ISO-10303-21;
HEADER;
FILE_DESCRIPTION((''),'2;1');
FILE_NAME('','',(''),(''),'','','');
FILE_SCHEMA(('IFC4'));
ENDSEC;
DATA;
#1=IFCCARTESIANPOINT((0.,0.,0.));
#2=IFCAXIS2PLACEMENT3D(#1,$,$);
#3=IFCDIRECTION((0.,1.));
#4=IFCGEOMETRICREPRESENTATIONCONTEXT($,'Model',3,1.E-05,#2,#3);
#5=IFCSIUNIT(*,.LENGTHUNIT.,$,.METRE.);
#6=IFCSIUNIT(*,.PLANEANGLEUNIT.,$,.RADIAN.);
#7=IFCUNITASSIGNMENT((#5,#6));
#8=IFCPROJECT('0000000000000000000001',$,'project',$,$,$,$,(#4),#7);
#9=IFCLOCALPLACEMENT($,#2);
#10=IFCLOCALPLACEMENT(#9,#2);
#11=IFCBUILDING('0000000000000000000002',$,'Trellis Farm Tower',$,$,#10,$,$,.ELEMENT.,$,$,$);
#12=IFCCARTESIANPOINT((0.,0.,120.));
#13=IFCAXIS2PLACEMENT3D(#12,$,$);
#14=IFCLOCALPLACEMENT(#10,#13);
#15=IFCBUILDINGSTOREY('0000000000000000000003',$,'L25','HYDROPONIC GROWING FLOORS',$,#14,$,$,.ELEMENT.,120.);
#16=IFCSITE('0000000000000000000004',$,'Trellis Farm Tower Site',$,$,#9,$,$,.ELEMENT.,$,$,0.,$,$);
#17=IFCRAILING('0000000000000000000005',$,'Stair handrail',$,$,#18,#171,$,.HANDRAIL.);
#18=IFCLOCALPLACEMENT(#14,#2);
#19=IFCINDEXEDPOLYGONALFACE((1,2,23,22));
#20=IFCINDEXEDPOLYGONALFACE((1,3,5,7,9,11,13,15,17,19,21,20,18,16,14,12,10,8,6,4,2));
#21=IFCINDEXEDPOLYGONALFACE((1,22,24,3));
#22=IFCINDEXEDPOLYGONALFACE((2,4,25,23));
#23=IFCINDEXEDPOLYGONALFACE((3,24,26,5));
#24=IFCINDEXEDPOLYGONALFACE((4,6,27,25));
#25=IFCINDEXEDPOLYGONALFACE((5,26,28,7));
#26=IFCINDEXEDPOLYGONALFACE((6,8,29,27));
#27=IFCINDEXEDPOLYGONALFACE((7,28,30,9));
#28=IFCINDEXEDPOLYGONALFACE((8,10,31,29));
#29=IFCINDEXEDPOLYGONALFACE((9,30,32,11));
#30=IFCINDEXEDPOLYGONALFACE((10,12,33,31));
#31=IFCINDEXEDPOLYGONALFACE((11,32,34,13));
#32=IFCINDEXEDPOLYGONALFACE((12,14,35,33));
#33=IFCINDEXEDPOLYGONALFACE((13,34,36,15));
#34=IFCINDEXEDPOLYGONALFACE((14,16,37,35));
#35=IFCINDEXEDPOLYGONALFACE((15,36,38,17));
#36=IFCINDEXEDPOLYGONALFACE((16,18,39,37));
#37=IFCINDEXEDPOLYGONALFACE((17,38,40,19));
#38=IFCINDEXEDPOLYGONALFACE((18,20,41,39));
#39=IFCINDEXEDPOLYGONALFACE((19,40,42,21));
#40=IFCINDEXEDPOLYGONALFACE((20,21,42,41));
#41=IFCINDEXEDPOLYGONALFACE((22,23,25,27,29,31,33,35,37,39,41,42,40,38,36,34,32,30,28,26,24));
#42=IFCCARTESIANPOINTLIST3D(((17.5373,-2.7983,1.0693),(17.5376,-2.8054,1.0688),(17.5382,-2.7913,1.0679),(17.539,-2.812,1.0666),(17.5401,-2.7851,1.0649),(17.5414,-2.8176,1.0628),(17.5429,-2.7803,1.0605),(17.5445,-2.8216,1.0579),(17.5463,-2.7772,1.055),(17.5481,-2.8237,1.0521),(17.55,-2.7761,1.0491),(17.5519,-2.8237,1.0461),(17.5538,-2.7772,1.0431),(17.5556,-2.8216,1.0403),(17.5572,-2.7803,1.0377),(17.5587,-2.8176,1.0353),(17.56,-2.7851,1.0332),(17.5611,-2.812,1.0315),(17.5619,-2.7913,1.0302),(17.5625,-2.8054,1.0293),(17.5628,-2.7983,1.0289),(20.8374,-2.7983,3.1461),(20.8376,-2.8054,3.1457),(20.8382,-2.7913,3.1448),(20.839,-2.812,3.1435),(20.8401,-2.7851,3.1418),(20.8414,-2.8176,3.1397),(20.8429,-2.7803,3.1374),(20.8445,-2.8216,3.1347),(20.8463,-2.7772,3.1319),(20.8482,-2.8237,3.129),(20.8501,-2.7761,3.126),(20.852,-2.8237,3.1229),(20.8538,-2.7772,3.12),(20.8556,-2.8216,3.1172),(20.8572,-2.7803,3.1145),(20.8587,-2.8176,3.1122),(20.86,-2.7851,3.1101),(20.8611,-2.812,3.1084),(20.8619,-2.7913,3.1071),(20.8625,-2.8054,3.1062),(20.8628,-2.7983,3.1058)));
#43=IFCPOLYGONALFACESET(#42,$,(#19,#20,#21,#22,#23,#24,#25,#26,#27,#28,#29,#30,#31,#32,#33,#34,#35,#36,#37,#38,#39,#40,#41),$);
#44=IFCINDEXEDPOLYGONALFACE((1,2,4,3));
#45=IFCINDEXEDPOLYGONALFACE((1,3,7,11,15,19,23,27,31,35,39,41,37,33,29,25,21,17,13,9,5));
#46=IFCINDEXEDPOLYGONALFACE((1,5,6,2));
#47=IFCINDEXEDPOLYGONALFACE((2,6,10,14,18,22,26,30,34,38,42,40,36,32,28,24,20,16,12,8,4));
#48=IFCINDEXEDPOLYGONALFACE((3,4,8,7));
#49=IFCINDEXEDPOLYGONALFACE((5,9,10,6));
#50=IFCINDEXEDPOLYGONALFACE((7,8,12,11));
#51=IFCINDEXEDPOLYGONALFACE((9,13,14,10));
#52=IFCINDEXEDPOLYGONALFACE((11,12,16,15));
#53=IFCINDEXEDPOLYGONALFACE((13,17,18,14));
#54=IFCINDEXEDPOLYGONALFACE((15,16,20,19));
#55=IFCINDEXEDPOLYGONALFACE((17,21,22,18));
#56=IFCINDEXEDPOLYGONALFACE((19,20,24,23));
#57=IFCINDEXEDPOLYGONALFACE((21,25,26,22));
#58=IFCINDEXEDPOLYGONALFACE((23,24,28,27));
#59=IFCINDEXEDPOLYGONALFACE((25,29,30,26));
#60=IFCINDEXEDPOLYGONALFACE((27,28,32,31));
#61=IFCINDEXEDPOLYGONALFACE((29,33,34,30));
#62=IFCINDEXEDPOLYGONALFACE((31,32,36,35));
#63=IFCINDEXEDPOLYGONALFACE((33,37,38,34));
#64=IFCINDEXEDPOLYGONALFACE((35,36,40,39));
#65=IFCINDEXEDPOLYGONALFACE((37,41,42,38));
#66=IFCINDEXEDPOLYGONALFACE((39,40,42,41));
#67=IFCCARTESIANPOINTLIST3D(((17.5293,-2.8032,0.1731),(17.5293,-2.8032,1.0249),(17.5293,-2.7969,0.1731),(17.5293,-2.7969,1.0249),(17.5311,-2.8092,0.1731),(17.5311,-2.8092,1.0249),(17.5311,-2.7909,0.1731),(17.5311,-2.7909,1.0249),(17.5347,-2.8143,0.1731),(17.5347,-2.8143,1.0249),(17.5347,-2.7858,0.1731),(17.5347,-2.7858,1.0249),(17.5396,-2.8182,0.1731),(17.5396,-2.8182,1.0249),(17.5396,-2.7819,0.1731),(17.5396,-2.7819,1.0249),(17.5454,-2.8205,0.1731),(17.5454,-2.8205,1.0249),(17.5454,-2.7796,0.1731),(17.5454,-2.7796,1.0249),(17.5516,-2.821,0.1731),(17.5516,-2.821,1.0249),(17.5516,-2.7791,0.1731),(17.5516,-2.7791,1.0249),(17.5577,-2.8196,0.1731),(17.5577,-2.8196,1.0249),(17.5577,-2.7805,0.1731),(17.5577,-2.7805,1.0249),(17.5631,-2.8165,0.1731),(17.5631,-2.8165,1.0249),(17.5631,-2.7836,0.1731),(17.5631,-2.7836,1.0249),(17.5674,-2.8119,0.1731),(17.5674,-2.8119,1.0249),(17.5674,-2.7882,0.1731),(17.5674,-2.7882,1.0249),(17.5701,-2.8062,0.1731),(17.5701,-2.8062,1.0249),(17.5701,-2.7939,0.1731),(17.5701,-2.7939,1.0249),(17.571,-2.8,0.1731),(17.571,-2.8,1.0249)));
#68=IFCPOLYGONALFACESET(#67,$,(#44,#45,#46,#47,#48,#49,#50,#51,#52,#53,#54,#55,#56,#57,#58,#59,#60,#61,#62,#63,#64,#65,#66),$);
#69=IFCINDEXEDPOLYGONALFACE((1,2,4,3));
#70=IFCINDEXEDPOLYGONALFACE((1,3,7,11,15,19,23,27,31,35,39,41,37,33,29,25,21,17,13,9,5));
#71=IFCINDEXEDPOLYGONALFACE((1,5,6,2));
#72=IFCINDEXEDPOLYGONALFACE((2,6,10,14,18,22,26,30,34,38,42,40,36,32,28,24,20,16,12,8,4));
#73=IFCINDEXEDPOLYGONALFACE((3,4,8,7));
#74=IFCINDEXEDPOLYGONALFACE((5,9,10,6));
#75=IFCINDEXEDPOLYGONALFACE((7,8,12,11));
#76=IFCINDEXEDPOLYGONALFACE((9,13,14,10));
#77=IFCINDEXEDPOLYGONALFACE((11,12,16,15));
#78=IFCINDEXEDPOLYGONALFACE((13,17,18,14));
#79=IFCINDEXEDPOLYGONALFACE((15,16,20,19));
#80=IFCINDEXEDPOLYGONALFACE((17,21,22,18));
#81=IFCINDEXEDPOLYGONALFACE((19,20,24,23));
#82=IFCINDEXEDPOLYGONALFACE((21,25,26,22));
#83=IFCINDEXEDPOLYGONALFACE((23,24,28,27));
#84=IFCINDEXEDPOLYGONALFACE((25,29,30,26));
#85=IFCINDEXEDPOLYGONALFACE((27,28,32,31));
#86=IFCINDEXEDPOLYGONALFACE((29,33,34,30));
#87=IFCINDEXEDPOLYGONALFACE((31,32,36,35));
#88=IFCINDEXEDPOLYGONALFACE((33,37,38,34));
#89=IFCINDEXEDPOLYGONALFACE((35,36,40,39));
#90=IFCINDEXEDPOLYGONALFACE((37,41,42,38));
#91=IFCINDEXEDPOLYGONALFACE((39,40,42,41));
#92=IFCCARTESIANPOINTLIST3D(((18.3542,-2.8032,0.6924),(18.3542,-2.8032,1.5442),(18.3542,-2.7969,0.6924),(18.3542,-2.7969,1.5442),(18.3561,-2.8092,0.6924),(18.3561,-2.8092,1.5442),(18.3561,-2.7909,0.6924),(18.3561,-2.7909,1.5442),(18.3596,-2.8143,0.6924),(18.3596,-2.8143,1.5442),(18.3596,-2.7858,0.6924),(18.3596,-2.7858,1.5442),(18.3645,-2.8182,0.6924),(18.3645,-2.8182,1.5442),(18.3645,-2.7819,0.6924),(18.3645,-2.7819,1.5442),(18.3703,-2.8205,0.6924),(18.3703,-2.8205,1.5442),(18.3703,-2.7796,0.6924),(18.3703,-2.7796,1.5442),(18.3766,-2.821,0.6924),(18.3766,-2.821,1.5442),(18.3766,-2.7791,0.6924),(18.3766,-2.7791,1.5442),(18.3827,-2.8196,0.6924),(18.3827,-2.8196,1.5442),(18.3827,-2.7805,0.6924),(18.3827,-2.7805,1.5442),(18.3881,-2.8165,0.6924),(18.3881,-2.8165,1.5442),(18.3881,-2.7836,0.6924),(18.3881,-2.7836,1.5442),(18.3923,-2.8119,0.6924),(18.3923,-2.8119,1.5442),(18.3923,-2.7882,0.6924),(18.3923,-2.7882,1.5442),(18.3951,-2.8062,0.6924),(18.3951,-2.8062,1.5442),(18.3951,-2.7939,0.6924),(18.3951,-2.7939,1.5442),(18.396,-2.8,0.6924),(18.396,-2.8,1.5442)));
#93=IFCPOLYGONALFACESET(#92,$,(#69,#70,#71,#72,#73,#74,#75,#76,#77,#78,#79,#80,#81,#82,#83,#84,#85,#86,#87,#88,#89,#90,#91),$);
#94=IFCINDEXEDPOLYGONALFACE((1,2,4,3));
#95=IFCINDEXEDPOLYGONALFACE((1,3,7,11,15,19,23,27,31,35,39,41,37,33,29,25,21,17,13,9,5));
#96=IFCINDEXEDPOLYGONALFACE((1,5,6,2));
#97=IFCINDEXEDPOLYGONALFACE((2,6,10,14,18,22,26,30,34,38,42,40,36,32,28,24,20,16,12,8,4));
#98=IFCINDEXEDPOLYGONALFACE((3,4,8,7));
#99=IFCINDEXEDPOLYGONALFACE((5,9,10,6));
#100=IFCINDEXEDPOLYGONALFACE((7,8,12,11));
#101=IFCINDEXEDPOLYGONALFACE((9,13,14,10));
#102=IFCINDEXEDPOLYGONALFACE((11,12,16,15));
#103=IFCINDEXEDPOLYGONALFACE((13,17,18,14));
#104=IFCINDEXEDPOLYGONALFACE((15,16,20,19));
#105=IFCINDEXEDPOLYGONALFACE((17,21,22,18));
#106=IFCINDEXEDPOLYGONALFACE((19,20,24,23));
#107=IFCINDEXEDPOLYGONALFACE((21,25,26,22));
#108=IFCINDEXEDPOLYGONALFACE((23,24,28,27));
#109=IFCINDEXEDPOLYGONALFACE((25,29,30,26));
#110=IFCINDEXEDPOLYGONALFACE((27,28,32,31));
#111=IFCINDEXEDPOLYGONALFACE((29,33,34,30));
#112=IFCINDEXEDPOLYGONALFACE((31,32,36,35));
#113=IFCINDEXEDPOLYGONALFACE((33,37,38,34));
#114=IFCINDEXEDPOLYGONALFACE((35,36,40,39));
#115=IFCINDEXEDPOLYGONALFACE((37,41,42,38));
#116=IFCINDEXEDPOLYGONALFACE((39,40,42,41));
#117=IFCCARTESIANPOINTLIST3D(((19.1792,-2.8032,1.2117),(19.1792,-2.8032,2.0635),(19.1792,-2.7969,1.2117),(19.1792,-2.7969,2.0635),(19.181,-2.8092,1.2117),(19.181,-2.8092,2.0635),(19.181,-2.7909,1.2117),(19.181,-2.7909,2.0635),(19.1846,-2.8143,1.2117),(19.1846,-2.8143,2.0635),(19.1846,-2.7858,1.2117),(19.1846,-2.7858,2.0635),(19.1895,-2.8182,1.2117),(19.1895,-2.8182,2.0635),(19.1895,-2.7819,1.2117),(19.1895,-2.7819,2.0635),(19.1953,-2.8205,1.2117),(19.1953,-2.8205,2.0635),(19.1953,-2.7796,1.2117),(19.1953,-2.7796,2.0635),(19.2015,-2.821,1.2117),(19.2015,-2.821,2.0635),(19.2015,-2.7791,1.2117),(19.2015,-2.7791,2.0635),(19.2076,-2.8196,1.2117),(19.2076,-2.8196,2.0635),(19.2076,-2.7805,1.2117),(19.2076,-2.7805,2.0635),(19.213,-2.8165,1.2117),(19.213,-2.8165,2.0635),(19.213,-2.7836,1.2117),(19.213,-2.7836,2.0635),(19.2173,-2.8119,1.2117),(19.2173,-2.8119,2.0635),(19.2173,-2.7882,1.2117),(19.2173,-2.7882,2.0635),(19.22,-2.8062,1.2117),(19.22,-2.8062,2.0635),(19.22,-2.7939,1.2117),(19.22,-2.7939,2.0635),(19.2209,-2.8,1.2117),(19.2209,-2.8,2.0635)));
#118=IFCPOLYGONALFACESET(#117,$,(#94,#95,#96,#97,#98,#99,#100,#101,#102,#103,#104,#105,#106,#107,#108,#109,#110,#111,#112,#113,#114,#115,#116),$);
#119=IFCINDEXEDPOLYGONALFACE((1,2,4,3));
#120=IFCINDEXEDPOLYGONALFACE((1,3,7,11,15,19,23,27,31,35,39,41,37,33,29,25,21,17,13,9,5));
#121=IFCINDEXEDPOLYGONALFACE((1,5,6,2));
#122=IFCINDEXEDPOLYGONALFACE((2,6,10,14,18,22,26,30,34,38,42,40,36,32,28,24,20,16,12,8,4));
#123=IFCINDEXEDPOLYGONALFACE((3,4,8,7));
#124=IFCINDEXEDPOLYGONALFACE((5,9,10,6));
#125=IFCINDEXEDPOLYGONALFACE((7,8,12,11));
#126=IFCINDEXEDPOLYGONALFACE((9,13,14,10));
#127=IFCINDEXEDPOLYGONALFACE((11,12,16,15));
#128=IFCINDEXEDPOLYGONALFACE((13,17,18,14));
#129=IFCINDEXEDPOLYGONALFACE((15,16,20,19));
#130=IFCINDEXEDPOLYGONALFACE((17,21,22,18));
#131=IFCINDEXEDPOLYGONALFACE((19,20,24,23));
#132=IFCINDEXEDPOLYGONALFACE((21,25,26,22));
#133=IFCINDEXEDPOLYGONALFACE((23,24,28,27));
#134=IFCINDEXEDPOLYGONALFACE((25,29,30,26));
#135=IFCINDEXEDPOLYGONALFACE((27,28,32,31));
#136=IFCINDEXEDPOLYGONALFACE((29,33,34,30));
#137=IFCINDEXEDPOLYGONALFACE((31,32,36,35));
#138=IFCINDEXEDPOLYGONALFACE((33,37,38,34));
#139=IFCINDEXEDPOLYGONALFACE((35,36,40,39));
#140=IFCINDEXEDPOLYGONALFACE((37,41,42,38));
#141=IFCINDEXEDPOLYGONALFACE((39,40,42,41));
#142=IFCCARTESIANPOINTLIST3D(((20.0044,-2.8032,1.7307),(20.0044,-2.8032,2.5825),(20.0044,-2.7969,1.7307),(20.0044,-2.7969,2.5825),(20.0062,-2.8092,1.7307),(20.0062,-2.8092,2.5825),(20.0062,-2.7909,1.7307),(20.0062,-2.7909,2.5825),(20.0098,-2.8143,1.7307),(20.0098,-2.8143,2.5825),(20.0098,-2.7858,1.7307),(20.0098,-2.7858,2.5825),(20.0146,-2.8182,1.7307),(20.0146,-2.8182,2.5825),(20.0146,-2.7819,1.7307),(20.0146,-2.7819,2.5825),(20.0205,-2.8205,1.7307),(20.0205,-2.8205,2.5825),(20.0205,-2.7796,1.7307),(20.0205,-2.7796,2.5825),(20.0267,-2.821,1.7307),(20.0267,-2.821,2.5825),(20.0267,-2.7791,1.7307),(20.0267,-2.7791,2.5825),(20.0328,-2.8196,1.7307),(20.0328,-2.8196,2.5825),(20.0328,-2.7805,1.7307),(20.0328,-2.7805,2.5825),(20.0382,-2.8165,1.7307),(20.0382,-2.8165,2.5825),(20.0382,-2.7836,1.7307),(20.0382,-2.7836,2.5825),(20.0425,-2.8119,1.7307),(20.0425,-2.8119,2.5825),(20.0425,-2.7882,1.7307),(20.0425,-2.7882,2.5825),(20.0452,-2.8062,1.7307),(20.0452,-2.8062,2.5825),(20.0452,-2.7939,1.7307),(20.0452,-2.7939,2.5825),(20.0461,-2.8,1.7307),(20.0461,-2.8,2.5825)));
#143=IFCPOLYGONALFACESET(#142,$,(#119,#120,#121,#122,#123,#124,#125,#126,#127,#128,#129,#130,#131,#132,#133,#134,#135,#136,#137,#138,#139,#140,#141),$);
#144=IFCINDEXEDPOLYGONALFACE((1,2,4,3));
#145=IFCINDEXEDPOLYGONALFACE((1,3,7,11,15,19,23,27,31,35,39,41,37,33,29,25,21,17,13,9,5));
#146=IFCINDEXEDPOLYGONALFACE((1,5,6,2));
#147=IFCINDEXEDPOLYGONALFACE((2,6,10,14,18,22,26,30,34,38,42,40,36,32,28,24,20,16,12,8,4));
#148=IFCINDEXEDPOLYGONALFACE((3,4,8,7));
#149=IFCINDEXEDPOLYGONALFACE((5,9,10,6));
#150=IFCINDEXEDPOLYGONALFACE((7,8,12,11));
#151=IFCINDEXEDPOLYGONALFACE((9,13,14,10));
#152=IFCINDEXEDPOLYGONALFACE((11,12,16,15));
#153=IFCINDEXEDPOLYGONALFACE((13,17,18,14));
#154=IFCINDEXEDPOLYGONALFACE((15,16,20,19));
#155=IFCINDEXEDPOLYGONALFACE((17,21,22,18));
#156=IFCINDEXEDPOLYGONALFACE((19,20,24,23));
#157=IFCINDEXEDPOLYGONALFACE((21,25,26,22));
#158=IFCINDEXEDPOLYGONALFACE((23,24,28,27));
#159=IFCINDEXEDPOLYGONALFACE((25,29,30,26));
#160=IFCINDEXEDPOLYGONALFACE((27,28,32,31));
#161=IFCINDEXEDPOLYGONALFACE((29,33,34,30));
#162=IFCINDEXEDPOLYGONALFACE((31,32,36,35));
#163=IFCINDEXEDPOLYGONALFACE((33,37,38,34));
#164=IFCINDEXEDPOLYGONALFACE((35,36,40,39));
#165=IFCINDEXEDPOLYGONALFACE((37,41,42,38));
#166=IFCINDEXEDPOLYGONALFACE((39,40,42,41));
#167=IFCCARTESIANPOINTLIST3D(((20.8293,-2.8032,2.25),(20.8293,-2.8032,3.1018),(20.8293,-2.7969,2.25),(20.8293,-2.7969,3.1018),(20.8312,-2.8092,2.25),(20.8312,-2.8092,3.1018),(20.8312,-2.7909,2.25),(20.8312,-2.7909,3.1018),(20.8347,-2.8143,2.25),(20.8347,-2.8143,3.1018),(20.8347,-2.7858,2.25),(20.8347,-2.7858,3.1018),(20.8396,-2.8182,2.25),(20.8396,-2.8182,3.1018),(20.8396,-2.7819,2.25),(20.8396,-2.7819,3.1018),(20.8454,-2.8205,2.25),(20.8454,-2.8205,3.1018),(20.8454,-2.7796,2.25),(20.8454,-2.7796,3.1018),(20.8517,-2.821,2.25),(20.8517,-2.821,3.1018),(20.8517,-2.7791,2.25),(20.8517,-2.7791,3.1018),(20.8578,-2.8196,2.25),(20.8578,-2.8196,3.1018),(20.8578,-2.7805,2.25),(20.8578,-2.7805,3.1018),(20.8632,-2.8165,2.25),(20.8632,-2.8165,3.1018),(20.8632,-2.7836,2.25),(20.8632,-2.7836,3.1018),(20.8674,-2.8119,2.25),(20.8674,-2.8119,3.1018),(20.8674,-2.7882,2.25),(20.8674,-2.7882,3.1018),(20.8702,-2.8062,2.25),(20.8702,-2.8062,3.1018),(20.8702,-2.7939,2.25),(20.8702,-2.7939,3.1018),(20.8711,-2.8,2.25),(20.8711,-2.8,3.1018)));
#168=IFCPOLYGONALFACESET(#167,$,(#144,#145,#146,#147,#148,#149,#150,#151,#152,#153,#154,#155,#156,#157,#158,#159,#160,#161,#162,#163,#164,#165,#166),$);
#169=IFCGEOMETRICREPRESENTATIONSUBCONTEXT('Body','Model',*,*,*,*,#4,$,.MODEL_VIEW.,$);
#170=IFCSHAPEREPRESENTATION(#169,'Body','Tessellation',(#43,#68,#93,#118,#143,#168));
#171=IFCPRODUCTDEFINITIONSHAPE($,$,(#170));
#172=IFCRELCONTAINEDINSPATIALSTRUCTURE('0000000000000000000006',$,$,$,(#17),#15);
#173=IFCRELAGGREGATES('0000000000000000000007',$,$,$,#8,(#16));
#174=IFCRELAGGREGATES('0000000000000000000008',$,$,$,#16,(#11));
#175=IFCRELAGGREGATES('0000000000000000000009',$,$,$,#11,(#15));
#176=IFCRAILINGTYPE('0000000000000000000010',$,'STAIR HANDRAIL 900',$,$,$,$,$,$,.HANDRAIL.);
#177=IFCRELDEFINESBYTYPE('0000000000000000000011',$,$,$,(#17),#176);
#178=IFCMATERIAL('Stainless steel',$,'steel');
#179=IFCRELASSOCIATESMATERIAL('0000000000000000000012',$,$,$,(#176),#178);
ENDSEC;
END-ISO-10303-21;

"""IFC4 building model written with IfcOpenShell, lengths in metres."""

from ifc_helpers import new_model, si_unit, direction, frame, origin, origin_2d, place, context, subcontext, project, spatial, circle, extrude, source, transform, mapped, material, type_object, element, save


model = new_model("IFC4")

# Units and contexts
model_context = context("Model", 3, precision=1e-05, world=origin(), true_north=direction((0.0, 1.0)))
body_context = subcontext(model_context, "Body", "Model", "MODEL_VIEW")
ifc_project = project(units=[si_unit("LENGTHUNIT", "METRE"), si_unit("PLANEANGLEUNIT", "RADIAN")], contexts=[model_context])

# Site, building, storey
site_placement = place(None, origin())
site = spatial("IfcSite", under=ifc_project, at=site_placement, Name="Trellis Farm Tower Site", CompositionType="ELEMENT", RefElevation=0.0)
building_placement = place(site_placement, origin())
building = spatial("IfcBuilding", under=site, at=building_placement, Name="Trellis Farm Tower", CompositionType="ELEMENT")
storey_placement = place(building_placement, frame((0.0, 0.0, 120.0)))
storey = spatial("IfcBuildingStorey", under=building, at=storey_placement, Name="L25", Description="HYDROPONIC GROWING FLOORS", CompositionType="ELEMENT", Elevation=120.0)

# Shared definitions
ifc_material_1 = material(Name="Stainless steel", Category="steel")

# Railing
railing_type = type_object("IfcRailingType", Name="STAIR HANDRAIL 900", PredefinedType="HANDRAIL", material=ifc_material_1)
shared_shape_1 = source(origin(), body_context, "Body", "SweptSolid", [
    extrude(circle(Radius=0.0239, at=origin_2d()), frame((0.0, 0.0, 0.876), z_axis=(0.846337, 0.0, 0.532647), x_axis=(0.0, 1.0, 0.0)), (0.0, 0.0, 1.0), 3.8992),
    extrude(circle(Radius=0.021, at=origin_2d()), origin(), (0.0, 0.0, 1.0), 0.8518),
    extrude(circle(Radius=0.021, at=origin_2d()), frame((0.825, 0.0, 0.5193)), (0.0, 0.0, 1.0), 0.8518),
    extrude(circle(Radius=0.021, at=origin_2d()), frame((1.6499, 0.0, 1.0386)), (0.0, 0.0, 1.0), 0.8518),
    extrude(circle(Radius=0.021, at=origin_2d()), frame((2.4751, 0.0, 1.5576)), (0.0, 0.0, 1.0), 0.8518),
    extrude(circle(Radius=0.021, at=origin_2d()), frame((3.3, 0.0, 2.0769)), (0.0, 0.0, 1.0), 0.8518),
])
railing_placement = place(storey_placement, frame((17.55, -2.8, 0.1731)))
element("IfcRailing", 1, at=railing_placement, inside=storey, type_object=railing_type, Name="Stair handrail", PredefinedType="HANDRAIL", context=body_context, shape_type="MappedRepresentation", body=[
    mapped(shared_shape_1, transform((0.0, 0.0, 0.0))),
])

save(model, "model.ifc")
